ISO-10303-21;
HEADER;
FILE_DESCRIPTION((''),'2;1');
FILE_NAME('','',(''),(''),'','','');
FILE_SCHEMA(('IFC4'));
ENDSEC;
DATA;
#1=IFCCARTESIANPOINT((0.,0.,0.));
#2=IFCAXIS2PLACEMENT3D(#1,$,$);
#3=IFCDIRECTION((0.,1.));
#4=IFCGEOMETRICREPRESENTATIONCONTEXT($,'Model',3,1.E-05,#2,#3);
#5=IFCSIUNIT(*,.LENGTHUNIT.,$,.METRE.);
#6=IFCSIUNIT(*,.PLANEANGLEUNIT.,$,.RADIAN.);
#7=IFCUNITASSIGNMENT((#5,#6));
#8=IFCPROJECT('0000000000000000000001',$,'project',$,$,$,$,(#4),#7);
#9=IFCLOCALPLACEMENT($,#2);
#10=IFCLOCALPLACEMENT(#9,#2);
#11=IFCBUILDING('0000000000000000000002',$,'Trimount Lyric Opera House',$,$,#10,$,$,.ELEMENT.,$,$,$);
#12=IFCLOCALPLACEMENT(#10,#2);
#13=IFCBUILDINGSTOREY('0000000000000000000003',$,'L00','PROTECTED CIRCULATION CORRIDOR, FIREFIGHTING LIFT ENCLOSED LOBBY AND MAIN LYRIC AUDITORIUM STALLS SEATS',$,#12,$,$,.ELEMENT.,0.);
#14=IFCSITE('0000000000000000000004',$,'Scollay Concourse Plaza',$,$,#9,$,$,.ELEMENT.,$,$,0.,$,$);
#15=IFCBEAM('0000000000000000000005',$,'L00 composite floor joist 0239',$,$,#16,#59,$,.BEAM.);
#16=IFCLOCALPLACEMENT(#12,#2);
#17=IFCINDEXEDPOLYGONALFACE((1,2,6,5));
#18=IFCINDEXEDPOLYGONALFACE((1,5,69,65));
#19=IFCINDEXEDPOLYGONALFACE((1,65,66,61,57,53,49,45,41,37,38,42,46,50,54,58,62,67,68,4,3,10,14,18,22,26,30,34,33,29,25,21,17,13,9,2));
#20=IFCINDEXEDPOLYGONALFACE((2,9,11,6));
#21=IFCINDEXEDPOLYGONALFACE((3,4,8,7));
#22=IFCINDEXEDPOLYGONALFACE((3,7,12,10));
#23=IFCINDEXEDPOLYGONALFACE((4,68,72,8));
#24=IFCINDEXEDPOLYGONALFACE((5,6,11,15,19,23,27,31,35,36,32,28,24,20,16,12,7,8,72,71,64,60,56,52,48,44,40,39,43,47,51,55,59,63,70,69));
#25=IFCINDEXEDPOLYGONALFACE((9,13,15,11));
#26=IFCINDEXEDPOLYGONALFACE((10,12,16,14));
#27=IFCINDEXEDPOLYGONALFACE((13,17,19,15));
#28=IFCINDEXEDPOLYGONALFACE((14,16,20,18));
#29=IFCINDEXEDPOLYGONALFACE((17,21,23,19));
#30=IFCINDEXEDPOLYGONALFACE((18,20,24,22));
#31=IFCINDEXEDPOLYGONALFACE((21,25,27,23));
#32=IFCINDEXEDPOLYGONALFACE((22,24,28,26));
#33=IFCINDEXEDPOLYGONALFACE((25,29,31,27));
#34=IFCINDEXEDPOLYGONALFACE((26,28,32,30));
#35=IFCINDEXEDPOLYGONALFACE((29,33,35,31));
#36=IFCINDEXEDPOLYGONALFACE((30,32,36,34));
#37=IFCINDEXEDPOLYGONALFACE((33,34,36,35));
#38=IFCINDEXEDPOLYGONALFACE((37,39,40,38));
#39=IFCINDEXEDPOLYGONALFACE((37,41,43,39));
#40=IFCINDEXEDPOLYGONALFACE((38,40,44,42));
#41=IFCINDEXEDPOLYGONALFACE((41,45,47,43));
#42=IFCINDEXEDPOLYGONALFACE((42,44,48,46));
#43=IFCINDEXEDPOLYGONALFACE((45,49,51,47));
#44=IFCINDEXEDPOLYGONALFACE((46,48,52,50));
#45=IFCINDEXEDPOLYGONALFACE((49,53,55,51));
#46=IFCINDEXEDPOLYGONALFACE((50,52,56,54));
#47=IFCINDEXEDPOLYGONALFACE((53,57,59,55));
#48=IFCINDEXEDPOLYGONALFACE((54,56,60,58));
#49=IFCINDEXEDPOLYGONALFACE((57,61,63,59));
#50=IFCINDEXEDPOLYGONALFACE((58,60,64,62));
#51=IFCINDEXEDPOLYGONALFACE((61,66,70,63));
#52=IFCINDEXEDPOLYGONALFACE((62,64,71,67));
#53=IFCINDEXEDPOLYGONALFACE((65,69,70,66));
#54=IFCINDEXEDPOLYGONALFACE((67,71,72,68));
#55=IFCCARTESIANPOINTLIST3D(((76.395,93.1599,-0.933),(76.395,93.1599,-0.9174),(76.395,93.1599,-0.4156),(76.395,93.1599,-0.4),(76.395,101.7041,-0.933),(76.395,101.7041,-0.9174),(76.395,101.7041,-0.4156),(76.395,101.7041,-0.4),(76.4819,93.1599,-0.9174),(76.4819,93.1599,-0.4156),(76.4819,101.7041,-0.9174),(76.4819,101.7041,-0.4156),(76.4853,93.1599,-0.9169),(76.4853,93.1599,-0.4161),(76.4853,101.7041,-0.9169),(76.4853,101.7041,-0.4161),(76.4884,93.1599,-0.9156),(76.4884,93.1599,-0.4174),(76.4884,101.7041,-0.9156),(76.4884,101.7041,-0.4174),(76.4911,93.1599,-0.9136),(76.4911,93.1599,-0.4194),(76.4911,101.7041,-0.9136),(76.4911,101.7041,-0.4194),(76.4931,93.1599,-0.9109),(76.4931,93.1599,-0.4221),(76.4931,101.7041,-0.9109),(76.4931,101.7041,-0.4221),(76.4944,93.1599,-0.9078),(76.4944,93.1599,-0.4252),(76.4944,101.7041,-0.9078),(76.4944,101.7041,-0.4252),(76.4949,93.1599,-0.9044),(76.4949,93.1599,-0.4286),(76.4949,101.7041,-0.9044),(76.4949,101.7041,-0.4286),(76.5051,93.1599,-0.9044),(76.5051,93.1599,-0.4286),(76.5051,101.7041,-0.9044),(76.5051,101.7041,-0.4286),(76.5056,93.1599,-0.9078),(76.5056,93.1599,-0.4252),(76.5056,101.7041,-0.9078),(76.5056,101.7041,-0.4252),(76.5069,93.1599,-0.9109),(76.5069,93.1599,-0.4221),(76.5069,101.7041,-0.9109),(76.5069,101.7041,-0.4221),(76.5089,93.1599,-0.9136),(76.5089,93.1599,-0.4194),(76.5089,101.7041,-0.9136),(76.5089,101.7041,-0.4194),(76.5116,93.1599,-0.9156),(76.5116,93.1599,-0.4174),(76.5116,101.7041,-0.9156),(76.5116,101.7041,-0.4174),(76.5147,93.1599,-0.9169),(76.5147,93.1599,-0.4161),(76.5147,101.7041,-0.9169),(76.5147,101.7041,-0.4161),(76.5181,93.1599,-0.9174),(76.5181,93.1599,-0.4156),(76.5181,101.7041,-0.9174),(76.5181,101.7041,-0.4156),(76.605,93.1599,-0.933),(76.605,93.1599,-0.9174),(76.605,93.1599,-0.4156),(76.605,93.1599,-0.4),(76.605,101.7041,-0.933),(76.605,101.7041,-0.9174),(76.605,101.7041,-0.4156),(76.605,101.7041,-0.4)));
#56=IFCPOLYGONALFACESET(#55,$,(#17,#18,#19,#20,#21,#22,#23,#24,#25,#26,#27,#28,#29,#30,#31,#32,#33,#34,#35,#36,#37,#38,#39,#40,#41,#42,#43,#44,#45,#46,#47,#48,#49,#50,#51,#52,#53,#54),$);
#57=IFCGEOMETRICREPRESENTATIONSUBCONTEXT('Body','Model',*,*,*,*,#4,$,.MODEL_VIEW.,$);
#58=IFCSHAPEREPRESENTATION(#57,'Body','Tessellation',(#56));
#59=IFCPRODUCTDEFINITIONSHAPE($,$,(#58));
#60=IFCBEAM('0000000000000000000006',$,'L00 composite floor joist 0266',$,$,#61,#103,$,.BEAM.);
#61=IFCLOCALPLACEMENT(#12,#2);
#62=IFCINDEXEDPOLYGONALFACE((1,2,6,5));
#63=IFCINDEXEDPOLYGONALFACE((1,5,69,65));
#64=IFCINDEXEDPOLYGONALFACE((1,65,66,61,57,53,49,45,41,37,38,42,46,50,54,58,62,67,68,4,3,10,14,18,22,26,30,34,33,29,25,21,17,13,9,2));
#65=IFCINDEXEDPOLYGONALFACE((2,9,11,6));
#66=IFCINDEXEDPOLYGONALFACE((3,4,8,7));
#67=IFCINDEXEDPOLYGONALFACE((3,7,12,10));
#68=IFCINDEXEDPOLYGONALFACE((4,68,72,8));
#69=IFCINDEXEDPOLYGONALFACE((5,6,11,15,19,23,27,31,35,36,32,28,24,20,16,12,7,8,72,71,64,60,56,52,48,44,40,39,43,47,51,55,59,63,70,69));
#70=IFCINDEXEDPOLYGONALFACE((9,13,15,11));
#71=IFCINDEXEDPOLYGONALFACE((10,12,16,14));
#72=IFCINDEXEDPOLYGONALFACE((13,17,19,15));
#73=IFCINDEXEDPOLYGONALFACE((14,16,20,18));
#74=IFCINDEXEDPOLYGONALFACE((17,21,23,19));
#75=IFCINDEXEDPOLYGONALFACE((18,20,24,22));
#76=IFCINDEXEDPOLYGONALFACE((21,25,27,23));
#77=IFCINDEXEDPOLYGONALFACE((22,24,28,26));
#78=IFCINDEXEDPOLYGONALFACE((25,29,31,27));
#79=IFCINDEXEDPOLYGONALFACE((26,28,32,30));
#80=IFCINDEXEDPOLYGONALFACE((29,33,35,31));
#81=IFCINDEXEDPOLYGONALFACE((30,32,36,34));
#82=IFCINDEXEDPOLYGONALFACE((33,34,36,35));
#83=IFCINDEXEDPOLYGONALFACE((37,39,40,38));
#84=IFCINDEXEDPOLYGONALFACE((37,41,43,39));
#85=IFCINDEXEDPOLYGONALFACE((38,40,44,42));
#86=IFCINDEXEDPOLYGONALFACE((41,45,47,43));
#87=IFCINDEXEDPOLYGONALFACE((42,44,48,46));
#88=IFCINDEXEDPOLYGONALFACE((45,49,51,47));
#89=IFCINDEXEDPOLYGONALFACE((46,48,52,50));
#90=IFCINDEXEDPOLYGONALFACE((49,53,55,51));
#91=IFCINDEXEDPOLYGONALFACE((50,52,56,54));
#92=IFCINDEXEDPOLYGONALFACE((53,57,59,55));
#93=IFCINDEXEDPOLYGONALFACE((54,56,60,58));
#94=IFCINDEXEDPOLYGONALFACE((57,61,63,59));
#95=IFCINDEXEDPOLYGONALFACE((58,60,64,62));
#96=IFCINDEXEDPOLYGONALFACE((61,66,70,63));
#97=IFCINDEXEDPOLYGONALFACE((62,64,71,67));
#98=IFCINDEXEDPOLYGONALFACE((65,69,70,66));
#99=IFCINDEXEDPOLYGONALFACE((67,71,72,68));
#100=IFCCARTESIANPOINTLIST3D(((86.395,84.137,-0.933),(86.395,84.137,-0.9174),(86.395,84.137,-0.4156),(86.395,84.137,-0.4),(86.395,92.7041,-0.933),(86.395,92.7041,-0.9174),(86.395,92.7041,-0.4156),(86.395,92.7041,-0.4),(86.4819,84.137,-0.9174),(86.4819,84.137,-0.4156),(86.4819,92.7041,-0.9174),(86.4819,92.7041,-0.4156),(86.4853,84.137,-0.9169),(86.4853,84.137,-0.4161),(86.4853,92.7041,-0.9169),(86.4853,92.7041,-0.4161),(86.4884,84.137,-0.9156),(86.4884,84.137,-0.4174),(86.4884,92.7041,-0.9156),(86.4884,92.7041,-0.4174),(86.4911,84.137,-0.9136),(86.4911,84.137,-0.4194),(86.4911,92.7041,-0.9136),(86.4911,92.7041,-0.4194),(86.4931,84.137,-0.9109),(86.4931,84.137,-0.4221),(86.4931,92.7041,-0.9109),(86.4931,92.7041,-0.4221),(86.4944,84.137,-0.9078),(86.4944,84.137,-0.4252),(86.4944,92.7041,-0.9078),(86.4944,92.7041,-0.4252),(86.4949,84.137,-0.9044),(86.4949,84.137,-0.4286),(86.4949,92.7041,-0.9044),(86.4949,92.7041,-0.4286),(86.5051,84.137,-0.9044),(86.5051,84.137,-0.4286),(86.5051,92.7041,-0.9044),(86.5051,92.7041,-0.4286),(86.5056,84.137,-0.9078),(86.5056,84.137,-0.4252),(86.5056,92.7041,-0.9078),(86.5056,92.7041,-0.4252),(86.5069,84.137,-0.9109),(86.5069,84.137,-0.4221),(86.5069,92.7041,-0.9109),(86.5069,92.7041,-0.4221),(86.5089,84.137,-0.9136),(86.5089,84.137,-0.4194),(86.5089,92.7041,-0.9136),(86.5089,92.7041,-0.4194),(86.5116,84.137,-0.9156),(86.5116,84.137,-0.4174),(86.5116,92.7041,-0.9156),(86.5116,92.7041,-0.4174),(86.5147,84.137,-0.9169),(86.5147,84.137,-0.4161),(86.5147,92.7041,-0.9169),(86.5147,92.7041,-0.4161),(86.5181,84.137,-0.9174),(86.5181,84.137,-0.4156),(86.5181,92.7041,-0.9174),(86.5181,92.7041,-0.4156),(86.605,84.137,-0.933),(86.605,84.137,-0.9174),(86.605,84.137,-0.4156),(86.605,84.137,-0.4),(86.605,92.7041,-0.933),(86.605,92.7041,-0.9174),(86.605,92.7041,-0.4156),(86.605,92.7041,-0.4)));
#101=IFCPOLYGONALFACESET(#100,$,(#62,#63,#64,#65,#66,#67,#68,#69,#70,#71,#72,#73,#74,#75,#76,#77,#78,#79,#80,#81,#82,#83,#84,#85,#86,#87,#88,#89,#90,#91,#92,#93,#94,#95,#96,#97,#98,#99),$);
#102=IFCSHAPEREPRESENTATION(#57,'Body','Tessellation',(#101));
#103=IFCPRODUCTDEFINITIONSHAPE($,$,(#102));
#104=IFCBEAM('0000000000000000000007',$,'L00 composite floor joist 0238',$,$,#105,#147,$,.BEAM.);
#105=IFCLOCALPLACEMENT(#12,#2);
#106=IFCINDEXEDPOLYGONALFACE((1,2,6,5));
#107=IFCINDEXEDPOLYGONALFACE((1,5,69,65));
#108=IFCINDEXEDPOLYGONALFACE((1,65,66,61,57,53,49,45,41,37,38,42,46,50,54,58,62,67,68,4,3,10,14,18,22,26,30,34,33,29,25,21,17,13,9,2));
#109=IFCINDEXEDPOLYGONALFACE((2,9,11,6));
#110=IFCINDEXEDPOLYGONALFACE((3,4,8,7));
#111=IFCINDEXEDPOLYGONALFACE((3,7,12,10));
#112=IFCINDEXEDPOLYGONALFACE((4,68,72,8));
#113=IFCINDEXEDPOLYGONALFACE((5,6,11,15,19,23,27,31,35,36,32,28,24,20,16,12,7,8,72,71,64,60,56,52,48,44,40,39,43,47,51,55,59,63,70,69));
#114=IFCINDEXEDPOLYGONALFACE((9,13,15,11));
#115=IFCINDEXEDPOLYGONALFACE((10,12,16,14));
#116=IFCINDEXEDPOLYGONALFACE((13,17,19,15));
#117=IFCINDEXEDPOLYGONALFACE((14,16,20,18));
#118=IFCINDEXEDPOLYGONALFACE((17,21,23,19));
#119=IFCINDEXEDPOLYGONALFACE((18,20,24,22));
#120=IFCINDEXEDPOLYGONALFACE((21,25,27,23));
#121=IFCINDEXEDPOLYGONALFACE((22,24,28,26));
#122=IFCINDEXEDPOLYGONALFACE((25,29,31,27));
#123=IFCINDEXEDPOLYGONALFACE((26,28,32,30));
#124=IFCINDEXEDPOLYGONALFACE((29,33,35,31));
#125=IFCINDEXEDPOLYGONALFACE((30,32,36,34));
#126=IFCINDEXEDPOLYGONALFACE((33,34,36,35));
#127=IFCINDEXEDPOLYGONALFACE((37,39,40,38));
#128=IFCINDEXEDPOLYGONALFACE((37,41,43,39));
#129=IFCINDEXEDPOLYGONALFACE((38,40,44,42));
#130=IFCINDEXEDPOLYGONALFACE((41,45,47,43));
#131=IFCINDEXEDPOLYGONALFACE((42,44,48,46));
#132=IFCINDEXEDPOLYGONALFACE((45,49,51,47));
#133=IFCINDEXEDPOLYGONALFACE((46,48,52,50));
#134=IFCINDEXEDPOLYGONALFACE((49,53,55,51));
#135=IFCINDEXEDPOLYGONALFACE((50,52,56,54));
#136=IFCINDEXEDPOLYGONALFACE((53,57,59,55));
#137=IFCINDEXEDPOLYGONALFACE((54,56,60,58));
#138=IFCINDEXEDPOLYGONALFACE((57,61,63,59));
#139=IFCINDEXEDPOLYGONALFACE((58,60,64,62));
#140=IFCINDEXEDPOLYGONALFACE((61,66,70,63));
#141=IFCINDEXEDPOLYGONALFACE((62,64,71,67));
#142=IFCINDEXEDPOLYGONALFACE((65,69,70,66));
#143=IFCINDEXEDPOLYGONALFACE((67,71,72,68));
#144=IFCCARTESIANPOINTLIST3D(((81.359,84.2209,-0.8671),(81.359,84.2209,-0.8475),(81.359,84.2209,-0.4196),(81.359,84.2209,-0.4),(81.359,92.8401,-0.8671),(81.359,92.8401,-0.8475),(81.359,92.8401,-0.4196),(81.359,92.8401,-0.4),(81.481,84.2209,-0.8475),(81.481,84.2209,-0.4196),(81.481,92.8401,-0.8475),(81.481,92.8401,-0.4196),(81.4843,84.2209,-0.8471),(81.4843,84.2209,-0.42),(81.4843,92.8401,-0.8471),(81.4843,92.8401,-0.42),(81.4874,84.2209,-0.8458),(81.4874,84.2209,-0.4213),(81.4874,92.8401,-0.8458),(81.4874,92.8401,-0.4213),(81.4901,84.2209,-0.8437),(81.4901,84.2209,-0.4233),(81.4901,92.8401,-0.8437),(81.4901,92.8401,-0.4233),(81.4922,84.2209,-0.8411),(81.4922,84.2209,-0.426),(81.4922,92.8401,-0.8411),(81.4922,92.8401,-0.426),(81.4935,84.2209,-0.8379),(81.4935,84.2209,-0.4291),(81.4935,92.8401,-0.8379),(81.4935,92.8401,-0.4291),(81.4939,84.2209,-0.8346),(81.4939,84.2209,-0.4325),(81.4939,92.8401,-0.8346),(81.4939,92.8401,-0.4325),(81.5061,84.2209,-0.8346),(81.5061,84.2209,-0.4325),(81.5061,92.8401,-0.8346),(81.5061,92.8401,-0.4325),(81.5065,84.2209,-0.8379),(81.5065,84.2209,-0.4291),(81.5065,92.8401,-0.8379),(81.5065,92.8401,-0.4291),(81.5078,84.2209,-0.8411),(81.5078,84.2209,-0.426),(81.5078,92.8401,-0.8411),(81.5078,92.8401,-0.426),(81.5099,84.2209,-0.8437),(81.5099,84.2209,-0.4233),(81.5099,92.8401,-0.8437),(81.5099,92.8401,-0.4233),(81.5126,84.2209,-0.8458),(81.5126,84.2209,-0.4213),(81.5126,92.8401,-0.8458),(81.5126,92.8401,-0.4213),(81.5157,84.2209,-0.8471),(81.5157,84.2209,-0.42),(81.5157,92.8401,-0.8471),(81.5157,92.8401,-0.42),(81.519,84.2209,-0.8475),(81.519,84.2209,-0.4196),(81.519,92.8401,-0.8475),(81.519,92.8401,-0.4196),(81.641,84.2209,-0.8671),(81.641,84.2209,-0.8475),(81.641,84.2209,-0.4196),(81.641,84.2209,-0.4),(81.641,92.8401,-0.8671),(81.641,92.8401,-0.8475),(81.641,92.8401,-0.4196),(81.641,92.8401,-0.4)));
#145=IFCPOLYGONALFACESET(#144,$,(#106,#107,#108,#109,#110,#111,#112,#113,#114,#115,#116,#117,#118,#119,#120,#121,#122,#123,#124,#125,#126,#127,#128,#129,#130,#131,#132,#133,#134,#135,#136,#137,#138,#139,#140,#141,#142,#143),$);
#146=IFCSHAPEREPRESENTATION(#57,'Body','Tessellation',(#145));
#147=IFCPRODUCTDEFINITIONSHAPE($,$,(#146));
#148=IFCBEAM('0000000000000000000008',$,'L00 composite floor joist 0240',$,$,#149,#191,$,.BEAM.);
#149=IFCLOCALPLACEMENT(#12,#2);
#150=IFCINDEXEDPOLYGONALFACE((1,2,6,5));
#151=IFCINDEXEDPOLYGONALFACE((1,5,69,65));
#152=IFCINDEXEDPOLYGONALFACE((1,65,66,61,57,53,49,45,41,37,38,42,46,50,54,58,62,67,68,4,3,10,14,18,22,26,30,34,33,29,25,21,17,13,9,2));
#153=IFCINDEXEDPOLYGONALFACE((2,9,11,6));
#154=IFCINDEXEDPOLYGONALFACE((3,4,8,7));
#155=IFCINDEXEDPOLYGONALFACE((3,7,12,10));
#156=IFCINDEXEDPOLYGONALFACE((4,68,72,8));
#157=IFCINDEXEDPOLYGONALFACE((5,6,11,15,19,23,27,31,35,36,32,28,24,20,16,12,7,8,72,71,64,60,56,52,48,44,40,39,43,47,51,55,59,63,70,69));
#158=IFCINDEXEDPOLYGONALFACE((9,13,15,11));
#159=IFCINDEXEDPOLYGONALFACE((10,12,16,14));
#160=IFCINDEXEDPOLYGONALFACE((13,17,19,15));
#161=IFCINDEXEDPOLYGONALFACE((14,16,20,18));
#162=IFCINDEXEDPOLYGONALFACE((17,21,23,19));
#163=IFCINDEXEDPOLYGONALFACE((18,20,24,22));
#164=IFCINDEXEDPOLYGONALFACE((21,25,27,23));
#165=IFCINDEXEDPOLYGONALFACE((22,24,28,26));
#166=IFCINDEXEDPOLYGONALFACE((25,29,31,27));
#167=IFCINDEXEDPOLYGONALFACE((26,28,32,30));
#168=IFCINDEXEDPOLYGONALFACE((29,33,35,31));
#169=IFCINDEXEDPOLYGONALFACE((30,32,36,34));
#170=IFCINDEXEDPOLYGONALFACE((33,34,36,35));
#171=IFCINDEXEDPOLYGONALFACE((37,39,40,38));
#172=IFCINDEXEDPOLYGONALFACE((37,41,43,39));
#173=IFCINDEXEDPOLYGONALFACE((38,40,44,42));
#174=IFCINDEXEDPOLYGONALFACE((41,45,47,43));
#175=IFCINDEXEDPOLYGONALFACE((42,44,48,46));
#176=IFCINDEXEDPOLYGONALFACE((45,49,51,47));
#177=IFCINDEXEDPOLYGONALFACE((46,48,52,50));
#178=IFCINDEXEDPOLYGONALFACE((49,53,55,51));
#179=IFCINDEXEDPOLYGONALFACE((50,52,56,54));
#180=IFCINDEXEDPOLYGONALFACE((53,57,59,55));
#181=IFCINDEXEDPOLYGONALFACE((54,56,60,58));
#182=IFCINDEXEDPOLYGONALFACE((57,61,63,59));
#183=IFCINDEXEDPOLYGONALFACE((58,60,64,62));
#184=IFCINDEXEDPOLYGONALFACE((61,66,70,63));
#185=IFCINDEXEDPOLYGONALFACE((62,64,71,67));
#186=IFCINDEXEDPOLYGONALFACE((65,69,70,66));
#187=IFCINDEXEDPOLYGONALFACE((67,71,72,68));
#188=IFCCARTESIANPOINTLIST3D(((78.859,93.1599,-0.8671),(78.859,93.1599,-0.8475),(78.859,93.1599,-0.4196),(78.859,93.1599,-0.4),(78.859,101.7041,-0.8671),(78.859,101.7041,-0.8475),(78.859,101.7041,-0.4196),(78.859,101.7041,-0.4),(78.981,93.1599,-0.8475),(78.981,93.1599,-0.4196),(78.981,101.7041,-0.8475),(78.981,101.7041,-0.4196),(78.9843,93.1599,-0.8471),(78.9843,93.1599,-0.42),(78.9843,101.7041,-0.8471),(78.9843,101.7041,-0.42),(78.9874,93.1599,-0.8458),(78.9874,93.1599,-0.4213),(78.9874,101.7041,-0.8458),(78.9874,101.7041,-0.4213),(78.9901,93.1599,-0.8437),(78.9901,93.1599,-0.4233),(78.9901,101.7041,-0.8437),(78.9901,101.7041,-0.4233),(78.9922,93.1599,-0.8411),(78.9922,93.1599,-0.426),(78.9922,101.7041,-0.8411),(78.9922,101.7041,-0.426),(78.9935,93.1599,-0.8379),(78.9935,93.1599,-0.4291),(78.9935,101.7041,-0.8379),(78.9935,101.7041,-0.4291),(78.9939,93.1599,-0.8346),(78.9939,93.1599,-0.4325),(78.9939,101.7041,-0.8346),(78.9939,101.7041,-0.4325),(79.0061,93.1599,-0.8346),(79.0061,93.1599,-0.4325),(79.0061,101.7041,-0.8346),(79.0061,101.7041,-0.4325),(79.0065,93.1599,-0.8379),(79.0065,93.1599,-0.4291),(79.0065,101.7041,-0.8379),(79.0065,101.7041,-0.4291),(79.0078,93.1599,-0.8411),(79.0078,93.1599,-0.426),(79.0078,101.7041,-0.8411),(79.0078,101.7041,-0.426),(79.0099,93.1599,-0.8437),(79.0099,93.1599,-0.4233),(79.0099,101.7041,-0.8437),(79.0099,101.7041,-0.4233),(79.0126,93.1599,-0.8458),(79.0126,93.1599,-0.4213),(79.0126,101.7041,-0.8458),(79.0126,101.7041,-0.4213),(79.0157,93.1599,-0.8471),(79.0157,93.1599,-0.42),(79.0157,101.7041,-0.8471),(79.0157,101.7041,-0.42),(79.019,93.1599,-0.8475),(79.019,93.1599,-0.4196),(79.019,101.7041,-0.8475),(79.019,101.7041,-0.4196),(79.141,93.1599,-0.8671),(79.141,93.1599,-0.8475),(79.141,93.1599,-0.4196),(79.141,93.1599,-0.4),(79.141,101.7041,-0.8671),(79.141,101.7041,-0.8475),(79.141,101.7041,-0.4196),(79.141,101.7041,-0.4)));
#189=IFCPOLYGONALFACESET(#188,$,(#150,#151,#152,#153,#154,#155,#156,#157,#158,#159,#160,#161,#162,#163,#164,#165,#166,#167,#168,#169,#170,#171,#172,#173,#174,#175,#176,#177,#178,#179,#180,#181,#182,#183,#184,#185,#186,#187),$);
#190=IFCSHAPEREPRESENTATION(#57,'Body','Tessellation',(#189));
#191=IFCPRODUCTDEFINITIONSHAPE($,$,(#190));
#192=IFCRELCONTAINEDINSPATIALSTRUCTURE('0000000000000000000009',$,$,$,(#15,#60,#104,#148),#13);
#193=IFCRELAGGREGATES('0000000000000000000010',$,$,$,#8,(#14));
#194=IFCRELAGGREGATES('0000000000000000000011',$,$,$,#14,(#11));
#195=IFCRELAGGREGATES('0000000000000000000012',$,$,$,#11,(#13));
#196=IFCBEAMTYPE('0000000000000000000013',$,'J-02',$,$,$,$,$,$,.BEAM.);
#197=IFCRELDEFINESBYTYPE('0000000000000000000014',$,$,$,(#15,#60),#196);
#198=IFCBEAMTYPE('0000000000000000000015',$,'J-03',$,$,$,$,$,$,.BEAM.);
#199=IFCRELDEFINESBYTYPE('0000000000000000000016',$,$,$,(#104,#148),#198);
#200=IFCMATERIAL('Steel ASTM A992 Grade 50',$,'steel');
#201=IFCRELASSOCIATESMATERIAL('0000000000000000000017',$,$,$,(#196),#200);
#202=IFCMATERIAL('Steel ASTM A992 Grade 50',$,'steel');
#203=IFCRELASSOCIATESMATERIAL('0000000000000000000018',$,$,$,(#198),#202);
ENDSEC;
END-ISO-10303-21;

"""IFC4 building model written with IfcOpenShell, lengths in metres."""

from ifc_helpers import new_model, si_unit, direction, frame, origin, origin_2d, place, context, subcontext, project, spatial, i_section, extrude, material, material_profile, profile_set, type_object, element, save


model = new_model("IFC4")

# Units and contexts
model_context = context("Model", 3, precision=1e-05, world=origin(), true_north=direction((0.0, 1.0)))
body_context = subcontext(model_context, "Body", "Model", "MODEL_VIEW")
ifc_project = project(units=[si_unit("LENGTHUNIT", "METRE"), si_unit("PLANEANGLEUNIT", "RADIAN")], contexts=[model_context])

# Site, building, storey
site_placement = place(None, origin())
site = spatial("IfcSite", under=ifc_project, at=site_placement, Name="Scollay Concourse Plaza", CompositionType="ELEMENT", RefElevation=0.0)
building_placement = place(site_placement, origin())
building = spatial("IfcBuilding", under=site, at=building_placement, Name="Trimount Lyric Opera House", CompositionType="ELEMENT")
storey_placement = place(building_placement, origin())
storey = spatial("IfcBuildingStorey", under=building, at=storey_placement, Name="L00", Description="PROTECTED CIRCULATION CORRIDOR, FIREFIGHTING LIFT ENCLOSED LOBBY AND MAIN LYRIC AUDITORIUM STALLS SEATS", CompositionType="ELEMENT", Elevation=0.0)

# Beams
ifc_material_1 = material(Name="Steel ASTM A992 Grade 50", Category="steel")
ifc_material_profile_1 = material_profile(ifc_material_1, i_section(OverallWidth=0.21, OverallDepth=0.533, WebThickness=0.0103, FlangeThickness=0.0156, FilletRadius=0.0129, at=origin_2d()), Name="W21X62")
ifc_profile_set_1 = profile_set([ifc_material_profile_1], Name="Steel ASTM A992 Grade 50")
beam_type_1 = type_object("IfcBeamType", Name="J-02", PredefinedType="BEAM", material=ifc_profile_set_1)
beam_1_placement = place(storey_placement, frame((76.5, 93.1599, -0.6665), z_axis=(0.0, 1.0, 0.0), x_axis=(-1.0, 0.0, 0.0)))
element("IfcBeam", 1, at=beam_1_placement, inside=storey, type_object=beam_type_1, Name="L00 composite floor joist 0239", PredefinedType="BEAM", context=body_context, shape_type="SweptSolid", body=[
    extrude(i_section(OverallWidth=0.21, OverallDepth=0.533, WebThickness=0.0103, FlangeThickness=0.0156, FilletRadius=0.0129, at=origin_2d()), origin(), (0.0, 0.0, 1.0), 8.5442),
])
beam_2_placement = place(storey_placement, frame((86.5, 84.137, -0.6665), z_axis=(0.0, 1.0, 0.0), x_axis=(-1.0, 0.0, 0.0)))
element("IfcBeam", 2, at=beam_2_placement, inside=storey, type_object=beam_type_1, Name="L00 composite floor joist 0266", PredefinedType="BEAM", context=body_context, shape_type="SweptSolid", body=[
    extrude(i_section(OverallWidth=0.21, OverallDepth=0.533, WebThickness=0.0103, FlangeThickness=0.0156, FilletRadius=0.0129, at=origin_2d()), origin(), (0.0, 0.0, 1.0), 8.5671),
])
ifc_material_2 = material(Name="Steel ASTM A992 Grade 50", Category="steel")
ifc_material_profile_2 = material_profile(ifc_material_2, i_section(OverallWidth=0.282, OverallDepth=0.467, WebThickness=0.0122, FlangeThickness=0.0195, FilletRadius=0.0129, at=origin_2d()), Name="W18X86")
ifc_profile_set_2 = profile_set([ifc_material_profile_2], Name="Steel ASTM A992 Grade 50")
beam_type_2 = type_object("IfcBeamType", Name="J-03", PredefinedType="BEAM", material=ifc_profile_set_2)
beam_3_placement = place(storey_placement, frame((81.5, 84.2209, -0.6335), z_axis=(0.0, 1.0, 0.0), x_axis=(-1.0, 0.0, 0.0)))
element("IfcBeam", 3, at=beam_3_placement, inside=storey, type_object=beam_type_2, Name="L00 composite floor joist 0238", PredefinedType="BEAM", context=body_context, shape_type="SweptSolid", body=[
    extrude(i_section(OverallWidth=0.282, OverallDepth=0.467, WebThickness=0.0122, FlangeThickness=0.0195, FilletRadius=0.0129, at=origin_2d()), origin(), (0.0, 0.0, 1.0), 8.6191),
])
beam_4_placement = place(storey_placement, frame((79.0, 93.1599, -0.6335), z_axis=(0.0, 1.0, 0.0), x_axis=(-1.0, 0.0, 0.0)))
element("IfcBeam", 4, at=beam_4_placement, inside=storey, type_object=beam_type_2, Name="L00 composite floor joist 0240", PredefinedType="BEAM", context=body_context, shape_type="SweptSolid", body=[
    extrude(i_section(OverallWidth=0.282, OverallDepth=0.467, WebThickness=0.0122, FlangeThickness=0.0195, FilletRadius=0.0129, at=origin_2d()), origin(), (0.0, 0.0, 1.0), 8.5442),
])

save(model, "model.ifc")
